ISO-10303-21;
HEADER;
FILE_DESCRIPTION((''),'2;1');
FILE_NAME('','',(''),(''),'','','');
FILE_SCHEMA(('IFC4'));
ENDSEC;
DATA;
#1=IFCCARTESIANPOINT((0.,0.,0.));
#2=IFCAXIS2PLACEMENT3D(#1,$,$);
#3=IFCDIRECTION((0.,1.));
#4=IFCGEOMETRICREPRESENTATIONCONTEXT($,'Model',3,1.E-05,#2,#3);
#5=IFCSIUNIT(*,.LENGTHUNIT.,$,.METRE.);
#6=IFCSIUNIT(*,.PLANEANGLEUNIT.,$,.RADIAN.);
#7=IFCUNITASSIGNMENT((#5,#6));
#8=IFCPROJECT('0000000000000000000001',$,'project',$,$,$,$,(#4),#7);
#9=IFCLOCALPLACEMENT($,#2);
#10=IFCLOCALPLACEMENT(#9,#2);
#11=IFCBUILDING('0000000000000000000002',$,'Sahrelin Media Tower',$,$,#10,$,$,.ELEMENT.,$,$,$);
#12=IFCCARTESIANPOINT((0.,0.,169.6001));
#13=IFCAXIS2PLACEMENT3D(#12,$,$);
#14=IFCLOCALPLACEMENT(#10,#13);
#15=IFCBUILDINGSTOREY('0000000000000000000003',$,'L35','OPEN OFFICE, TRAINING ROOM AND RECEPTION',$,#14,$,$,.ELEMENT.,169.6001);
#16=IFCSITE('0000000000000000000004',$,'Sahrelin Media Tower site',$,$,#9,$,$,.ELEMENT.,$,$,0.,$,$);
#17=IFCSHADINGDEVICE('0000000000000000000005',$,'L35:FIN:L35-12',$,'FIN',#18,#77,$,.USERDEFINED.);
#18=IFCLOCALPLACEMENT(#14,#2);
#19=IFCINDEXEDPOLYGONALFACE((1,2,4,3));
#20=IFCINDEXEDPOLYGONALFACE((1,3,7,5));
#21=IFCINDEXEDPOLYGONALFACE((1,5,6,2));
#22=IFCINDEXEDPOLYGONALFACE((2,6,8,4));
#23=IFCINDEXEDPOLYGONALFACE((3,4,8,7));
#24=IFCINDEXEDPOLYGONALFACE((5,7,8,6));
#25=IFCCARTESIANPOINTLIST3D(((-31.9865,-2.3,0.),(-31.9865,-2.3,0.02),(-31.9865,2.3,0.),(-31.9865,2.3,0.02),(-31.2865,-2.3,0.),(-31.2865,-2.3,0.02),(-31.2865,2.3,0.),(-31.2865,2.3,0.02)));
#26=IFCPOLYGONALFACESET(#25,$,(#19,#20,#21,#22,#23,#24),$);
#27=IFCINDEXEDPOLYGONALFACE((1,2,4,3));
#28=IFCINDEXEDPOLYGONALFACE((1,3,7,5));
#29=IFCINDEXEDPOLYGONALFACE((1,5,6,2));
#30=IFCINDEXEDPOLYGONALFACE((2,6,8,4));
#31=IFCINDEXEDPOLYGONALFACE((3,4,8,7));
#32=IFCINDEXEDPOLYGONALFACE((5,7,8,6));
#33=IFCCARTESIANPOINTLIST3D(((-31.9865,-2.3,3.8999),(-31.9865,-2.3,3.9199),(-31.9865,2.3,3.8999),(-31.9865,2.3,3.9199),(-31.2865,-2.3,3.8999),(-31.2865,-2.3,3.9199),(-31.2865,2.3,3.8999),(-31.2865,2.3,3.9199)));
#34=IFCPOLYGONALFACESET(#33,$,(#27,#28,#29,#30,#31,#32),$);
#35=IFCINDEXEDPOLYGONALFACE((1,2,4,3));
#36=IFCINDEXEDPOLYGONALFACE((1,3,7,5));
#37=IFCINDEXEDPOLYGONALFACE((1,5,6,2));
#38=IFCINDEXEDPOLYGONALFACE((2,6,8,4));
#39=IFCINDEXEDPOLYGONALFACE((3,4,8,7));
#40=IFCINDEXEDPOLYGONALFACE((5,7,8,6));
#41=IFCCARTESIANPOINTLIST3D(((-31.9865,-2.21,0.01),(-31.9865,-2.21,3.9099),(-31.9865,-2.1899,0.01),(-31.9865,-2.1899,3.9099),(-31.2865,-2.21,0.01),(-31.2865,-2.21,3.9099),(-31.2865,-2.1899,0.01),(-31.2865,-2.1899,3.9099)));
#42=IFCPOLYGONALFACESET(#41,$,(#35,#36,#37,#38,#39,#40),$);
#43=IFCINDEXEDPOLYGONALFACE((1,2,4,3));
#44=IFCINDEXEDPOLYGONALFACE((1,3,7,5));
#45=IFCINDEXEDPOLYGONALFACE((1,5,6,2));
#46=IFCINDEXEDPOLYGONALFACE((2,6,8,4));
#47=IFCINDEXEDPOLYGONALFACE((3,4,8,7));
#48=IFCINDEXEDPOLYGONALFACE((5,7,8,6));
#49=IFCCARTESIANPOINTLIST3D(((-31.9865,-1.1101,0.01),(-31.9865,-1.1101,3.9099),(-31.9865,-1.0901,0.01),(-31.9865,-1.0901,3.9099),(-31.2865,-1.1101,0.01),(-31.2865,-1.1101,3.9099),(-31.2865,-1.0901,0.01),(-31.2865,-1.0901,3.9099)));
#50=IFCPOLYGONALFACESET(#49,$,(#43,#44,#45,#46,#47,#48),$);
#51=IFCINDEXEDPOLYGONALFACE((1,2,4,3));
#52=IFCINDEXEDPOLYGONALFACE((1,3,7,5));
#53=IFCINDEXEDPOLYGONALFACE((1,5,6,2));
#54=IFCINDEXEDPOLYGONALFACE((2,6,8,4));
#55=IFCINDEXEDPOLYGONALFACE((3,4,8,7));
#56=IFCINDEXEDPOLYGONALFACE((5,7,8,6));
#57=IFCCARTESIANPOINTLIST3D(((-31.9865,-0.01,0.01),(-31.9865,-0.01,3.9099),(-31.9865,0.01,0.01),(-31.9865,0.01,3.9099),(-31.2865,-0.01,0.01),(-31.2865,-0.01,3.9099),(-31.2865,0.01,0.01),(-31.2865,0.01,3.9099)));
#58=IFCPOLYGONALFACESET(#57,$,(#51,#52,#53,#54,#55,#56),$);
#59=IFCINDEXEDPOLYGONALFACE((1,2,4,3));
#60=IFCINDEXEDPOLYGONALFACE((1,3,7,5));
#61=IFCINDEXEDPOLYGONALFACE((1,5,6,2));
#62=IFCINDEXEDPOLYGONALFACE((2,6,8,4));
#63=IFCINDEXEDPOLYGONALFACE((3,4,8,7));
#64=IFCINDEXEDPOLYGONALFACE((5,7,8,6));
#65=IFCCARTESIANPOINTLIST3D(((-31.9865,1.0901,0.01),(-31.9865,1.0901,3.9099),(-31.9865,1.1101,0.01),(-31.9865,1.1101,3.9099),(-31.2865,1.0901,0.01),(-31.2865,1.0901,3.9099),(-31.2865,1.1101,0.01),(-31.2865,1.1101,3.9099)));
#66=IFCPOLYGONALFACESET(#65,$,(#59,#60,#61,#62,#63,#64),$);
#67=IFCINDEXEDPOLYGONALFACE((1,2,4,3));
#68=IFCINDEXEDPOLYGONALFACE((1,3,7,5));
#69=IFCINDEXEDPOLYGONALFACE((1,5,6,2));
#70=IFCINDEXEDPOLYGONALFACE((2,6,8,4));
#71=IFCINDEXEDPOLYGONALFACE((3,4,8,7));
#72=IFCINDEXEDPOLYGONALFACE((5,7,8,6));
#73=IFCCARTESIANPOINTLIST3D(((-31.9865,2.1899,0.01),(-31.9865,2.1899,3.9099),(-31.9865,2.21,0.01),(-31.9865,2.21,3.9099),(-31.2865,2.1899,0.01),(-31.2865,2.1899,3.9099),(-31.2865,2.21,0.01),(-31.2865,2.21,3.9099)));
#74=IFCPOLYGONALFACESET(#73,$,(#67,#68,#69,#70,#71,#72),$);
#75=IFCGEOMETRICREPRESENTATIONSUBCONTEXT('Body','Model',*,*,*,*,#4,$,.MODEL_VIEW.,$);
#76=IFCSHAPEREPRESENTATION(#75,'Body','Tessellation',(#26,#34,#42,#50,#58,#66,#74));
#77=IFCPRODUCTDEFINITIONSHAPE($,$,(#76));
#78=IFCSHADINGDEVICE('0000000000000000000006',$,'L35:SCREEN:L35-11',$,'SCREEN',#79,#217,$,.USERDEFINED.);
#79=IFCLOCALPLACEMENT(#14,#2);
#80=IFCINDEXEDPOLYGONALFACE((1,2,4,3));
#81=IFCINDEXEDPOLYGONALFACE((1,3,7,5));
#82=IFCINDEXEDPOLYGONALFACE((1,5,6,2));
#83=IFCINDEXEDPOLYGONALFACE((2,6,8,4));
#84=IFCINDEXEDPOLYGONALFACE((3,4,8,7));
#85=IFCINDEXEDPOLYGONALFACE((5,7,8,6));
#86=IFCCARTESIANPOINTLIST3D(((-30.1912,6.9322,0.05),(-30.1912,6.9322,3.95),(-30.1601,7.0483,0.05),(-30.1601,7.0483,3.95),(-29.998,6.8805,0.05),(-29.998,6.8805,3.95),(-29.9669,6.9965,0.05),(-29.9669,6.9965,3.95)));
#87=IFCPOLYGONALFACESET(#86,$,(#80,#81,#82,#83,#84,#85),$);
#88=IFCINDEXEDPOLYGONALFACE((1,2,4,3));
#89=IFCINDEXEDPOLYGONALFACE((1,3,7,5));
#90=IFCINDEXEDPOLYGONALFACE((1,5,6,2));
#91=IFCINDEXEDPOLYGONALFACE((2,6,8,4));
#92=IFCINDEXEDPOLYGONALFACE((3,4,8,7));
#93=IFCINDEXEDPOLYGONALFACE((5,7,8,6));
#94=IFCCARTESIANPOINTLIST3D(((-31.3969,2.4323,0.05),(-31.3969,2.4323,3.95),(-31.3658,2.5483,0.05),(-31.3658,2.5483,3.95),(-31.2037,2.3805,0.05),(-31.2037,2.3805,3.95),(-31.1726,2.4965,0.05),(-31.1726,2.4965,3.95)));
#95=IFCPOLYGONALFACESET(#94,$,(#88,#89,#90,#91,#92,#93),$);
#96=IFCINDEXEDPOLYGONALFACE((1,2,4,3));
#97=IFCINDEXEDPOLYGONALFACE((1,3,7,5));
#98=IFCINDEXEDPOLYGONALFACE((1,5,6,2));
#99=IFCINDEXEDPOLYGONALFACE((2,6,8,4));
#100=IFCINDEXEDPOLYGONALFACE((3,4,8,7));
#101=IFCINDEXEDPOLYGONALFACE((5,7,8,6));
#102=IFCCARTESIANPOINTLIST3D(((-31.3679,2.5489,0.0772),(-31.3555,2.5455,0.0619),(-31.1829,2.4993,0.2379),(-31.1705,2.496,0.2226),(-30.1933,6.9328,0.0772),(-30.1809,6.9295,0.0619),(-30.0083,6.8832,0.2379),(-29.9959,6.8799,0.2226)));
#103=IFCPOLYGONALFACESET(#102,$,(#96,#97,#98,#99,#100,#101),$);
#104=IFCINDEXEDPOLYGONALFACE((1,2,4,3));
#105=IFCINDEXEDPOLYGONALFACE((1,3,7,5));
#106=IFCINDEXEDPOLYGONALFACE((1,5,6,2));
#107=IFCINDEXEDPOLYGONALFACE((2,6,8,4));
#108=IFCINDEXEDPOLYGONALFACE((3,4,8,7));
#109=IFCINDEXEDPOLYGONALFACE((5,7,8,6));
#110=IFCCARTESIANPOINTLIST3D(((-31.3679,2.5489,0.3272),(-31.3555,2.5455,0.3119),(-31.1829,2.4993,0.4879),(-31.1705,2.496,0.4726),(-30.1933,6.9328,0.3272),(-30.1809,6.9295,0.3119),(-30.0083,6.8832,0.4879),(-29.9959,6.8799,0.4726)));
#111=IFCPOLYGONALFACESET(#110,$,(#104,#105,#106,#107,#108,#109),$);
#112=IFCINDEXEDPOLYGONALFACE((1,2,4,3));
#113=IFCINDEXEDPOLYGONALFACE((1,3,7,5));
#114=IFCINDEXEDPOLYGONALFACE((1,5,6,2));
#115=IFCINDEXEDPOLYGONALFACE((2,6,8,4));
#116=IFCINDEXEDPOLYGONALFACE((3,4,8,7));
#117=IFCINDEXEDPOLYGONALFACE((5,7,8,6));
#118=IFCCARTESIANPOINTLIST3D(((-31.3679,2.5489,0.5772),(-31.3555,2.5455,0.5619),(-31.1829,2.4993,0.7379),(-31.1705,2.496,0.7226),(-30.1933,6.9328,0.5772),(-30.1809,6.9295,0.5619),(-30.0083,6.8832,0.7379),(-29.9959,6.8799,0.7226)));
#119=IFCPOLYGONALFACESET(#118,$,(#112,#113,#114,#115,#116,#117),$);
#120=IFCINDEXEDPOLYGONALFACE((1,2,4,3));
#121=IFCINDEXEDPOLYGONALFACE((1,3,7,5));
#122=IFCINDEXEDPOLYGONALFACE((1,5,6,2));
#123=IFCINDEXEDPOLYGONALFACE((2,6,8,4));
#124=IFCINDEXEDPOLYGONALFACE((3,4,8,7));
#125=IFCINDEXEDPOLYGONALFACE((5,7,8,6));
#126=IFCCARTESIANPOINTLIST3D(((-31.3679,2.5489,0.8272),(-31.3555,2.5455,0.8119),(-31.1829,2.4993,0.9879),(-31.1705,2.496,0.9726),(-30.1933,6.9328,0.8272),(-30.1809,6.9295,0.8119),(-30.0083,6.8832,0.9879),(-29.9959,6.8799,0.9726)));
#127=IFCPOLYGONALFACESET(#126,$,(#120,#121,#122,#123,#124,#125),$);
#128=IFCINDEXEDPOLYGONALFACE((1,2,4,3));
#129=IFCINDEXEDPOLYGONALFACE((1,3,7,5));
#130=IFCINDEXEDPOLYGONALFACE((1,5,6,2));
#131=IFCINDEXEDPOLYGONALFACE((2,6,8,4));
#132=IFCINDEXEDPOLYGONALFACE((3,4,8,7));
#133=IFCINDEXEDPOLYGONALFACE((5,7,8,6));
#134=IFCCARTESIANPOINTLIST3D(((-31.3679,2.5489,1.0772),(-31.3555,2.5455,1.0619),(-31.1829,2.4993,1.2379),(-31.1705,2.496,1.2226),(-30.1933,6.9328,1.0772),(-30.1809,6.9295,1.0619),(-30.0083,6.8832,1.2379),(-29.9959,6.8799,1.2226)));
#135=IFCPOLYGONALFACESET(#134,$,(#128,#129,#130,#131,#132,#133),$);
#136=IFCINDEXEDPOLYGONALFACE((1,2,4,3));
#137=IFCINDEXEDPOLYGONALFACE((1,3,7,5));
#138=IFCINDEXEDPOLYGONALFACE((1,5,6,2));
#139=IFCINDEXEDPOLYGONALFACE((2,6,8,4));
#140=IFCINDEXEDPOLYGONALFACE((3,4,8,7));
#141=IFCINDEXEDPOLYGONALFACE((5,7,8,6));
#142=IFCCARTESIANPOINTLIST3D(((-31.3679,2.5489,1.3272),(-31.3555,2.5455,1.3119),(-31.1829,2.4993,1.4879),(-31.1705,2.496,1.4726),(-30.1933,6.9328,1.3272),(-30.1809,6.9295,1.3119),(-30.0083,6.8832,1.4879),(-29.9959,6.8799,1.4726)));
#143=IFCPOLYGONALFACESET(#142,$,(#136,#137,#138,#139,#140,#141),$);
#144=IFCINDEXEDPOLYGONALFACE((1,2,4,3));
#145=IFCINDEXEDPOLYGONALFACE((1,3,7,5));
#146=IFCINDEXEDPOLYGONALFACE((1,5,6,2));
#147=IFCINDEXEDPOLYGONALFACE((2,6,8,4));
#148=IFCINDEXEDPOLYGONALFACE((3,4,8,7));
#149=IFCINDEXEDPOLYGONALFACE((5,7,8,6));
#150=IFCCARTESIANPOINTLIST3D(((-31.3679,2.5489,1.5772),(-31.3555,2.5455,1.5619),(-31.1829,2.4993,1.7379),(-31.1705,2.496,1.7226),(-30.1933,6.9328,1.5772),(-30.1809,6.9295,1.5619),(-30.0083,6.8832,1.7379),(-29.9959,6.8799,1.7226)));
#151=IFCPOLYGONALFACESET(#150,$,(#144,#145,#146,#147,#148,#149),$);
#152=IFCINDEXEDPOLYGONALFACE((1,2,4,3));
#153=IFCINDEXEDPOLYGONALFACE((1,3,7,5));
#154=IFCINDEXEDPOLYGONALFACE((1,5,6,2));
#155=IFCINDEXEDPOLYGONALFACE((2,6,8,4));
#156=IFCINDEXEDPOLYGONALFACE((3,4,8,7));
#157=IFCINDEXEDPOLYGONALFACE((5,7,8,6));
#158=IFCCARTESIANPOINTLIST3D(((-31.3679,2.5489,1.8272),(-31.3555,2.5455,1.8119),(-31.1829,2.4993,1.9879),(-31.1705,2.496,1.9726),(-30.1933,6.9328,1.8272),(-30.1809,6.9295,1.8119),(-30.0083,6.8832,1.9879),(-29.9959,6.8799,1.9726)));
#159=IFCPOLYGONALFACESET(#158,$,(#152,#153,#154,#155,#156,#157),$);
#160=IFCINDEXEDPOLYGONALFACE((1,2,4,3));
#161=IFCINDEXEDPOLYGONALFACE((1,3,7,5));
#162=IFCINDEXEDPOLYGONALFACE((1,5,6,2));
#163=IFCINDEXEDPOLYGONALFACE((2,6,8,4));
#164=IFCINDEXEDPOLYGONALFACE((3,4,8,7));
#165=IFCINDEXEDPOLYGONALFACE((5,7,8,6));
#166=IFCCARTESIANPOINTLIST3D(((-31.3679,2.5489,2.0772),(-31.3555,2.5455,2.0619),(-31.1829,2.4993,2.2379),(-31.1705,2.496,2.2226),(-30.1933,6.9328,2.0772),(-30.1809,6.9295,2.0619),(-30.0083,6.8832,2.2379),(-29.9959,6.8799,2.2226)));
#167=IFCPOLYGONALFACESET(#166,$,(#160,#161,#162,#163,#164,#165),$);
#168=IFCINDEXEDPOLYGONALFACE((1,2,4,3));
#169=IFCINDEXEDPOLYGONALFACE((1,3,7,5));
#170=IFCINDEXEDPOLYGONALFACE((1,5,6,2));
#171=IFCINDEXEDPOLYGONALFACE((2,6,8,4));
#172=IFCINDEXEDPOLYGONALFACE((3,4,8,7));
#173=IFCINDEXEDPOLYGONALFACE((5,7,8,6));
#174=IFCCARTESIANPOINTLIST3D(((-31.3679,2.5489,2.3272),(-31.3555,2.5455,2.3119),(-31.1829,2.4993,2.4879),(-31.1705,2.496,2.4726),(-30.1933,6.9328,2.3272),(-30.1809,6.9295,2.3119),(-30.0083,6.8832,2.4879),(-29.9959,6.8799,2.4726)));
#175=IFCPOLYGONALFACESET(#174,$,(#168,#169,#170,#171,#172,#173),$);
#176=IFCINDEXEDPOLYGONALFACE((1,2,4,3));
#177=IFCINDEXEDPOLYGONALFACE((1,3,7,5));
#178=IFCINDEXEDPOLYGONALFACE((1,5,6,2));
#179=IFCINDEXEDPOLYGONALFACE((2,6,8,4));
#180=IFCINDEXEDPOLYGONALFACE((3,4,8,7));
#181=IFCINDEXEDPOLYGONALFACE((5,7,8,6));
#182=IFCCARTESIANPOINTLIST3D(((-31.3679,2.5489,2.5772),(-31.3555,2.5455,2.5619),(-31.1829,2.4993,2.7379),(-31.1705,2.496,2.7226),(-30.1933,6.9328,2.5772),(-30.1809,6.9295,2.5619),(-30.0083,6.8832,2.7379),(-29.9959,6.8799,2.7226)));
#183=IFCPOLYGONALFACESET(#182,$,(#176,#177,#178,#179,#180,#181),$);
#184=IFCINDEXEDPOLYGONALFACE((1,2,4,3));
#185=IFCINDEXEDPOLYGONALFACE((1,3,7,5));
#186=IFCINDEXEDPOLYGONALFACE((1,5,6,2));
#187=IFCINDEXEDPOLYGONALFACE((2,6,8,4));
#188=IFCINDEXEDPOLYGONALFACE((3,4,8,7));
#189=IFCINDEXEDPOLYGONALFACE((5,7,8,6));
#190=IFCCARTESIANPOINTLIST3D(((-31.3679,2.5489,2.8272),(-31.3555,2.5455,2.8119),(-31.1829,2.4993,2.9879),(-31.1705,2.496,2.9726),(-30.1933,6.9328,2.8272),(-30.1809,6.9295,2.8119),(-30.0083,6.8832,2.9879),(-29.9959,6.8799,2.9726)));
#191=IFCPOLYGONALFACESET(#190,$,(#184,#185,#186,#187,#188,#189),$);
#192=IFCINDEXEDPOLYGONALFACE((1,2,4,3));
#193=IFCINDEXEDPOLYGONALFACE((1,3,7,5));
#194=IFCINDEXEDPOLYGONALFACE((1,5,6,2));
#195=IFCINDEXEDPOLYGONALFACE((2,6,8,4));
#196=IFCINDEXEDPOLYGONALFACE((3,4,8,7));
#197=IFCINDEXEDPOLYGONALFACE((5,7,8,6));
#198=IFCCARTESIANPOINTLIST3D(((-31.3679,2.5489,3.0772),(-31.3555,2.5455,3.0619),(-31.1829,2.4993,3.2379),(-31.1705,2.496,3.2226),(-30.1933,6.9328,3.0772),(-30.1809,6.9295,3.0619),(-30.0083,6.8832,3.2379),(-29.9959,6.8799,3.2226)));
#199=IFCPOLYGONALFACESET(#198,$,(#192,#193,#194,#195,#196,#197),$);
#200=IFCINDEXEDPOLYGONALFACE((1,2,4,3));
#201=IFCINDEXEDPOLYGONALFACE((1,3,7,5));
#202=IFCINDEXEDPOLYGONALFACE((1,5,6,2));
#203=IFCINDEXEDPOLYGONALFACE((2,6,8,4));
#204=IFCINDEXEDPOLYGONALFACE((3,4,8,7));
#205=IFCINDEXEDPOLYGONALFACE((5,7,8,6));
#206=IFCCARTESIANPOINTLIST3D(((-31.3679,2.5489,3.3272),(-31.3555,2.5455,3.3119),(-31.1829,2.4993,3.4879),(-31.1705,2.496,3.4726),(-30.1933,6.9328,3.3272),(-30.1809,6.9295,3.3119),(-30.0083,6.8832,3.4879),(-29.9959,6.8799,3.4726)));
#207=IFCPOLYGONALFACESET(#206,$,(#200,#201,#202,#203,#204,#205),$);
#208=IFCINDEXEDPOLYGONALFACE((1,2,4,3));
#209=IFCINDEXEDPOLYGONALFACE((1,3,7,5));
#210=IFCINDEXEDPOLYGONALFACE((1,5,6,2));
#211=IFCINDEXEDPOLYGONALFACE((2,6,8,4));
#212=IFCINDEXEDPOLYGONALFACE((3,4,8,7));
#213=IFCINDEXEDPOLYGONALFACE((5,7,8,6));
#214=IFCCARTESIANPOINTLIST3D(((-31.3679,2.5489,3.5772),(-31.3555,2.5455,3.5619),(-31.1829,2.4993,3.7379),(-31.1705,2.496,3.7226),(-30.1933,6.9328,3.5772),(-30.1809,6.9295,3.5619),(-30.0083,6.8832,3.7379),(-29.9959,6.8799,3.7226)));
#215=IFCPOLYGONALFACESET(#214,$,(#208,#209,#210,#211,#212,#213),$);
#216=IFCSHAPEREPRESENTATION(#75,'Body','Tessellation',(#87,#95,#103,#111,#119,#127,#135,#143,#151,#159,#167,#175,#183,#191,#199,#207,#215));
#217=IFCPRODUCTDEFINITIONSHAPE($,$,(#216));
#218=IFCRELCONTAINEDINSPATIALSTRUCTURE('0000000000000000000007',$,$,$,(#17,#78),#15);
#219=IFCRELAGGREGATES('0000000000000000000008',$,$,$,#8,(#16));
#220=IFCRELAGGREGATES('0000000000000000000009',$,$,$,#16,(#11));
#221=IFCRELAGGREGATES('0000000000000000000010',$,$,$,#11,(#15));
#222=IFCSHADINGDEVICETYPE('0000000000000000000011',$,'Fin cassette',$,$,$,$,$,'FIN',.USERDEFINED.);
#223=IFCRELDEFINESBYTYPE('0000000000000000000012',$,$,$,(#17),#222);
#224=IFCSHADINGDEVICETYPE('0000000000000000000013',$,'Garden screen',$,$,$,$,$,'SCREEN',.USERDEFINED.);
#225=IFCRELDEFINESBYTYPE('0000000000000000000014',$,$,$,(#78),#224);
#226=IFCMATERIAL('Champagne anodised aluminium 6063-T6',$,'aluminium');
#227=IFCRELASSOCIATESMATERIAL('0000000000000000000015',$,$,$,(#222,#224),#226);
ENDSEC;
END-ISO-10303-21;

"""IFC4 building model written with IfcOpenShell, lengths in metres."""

from ifc_helpers import new_model, si_unit, direction, frame, origin, origin_2d, place, context, subcontext, project, spatial, rectangle, extrude, material, type_object, element, save


model = new_model("IFC4")

# Units and contexts
model_context = context("Model", 3, precision=1e-05, world=origin(), true_north=direction((0.0, 1.0)))
body_context = subcontext(model_context, "Body", "Model", "MODEL_VIEW")
ifc_project = project(units=[si_unit("LENGTHUNIT", "METRE"), si_unit("PLANEANGLEUNIT", "RADIAN")], contexts=[model_context])

# Site, building, storey
site_placement = place(None, origin())
site = spatial("IfcSite", under=ifc_project, at=site_placement, Name="Sahrelin Media Tower site", CompositionType="ELEMENT", RefElevation=0.0)
building_placement = place(site_placement, origin())
building = spatial("IfcBuilding", under=site, at=building_placement, Name="Sahrelin Media Tower", CompositionType="ELEMENT")
storey_placement = place(building_placement, frame((0.0, 0.0, 169.6001)))
storey = spatial("IfcBuildingStorey", under=building, at=storey_placement, Name="L35", Description="OPEN OFFICE, TRAINING ROOM AND RECEPTION", CompositionType="ELEMENT", Elevation=169.6001)

# Shared definitions
ifc_material_1 = material(Name="Champagne anodised aluminium 6063-T6", Category="aluminium")

# Shading devices
shading_device_type_1 = type_object("IfcShadingDeviceType", Name="Fin cassette", ElementType="FIN", PredefinedType="USERDEFINED", material=ifc_material_1)
shading_device_1_placement = place(storey_placement, frame((-31.2166, 0.0, 0.0), z_axis=(0.0, 0.0, 1.0), x_axis=(0.0, 1.0, 0.0)))
element("IfcShadingDevice", 1, at=shading_device_1_placement, inside=storey, type_object=shading_device_type_1, Name="L35:FIN:L35-12", ObjectType="FIN", PredefinedType="USERDEFINED", context=body_context, shape_type="SweptSolid", body=[
    extrude(rectangle(XDim=4.6001, YDim=0.7, at=origin_2d()), frame((0.0, 0.4199, 0.0)), (0.0, 0.0, 1.0), 0.02),
    extrude(rectangle(XDim=4.6001, YDim=0.7, at=origin_2d()), frame((0.0, 0.4199, 3.8999)), (0.0, 0.0, 1.0), 0.02),
    extrude(rectangle(XDim=0.02, YDim=0.7, at=origin_2d()), frame((-2.2, 0.4199, 0.01), z_axis=(0.0, 0.0, 1.0), x_axis=(1.0, 0.0, 0.0)), (0.0, 0.0, 1.0), 3.8999),
    extrude(rectangle(XDim=0.02, YDim=0.7, at=origin_2d()), frame((-1.1001, 0.4199, 0.01), z_axis=(0.0, 0.0, 1.0), x_axis=(1.0, 0.0, 0.0)), (0.0, 0.0, 1.0), 3.8999),
    extrude(rectangle(XDim=0.02, YDim=0.7, at=origin_2d()), frame((0.0, 0.4199, 0.01), z_axis=(0.0, 0.0, 1.0), x_axis=(1.0, 0.0, 0.0)), (0.0, 0.0, 1.0), 3.8999),
    extrude(rectangle(XDim=0.02, YDim=0.7, at=origin_2d()), frame((1.1001, 0.4199, 0.01), z_axis=(0.0, 0.0, 1.0), x_axis=(1.0, 0.0, 0.0)), (0.0, 0.0, 1.0), 3.8999),
    extrude(rectangle(XDim=0.02, YDim=0.7, at=origin_2d()), frame((2.2, 0.4199, 0.01), z_axis=(0.0, 0.0, 1.0), x_axis=(1.0, 0.0, 0.0)), (0.0, 0.0, 1.0), 3.8999),
])
shading_device_type_2 = type_object("IfcShadingDeviceType", Name="Garden screen", ElementType="SCREEN", PredefinedType="USERDEFINED", material=ifc_material_1)
shading_device_2_placement = place(storey_placement, frame((-30.5852, 4.6885, 0.0), z_axis=(0.0, 0.0, 1.0), x_axis=(0.258808, 0.965929, 0.0)))
element("IfcShadingDevice", 2, at=shading_device_2_placement, inside=storey, type_object=shading_device_type_2, Name="L35:SCREEN:L35-11", ObjectType="SCREEN", PredefinedType="USERDEFINED", context=body_context, shape_type="SweptSolid", body=[
    extrude(rectangle(XDim=0.1201, YDim=0.2, at=origin_2d()), frame((2.3293, 0.1001, 0.05), z_axis=(0.0, 0.0, 1.0), x_axis=(1.0, 0.0, 0.0)), (0.0, 0.0, 1.0), 3.8999),
    extrude(rectangle(XDim=0.1201, YDim=0.2, at=origin_2d()), frame((-2.3293, 0.1001, 0.05), z_axis=(0.0, 0.0, 1.0), x_axis=(1.0, 0.0, 0.0)), (0.0, 0.0, 1.0), 3.8999),
    extrude(rectangle(XDim=0.25, YDim=0.02, at=origin_2d()), frame((2.2693, 0.1001, 0.1499), z_axis=(-1.0, 0.0, 0.0), x_axis=(0.0, -0.766044, 0.642788)), (0.0, 0.0, 1.0), 4.5386),
    extrude(rectangle(XDim=0.25, YDim=0.02, at=origin_2d()), frame((2.2693, 0.1001, 0.3999), z_axis=(-1.0, 0.0, 0.0), x_axis=(0.0, -0.766044, 0.642788)), (0.0, 0.0, 1.0), 4.5386),
    extrude(rectangle(XDim=0.25, YDim=0.02, at=origin_2d()), frame((2.2693, 0.1001, 0.6499), z_axis=(-1.0, 0.0, 0.0), x_axis=(0.0, -0.766044, 0.642788)), (0.0, 0.0, 1.0), 4.5386),
    extrude(rectangle(XDim=0.25, YDim=0.02, at=origin_2d()), frame((2.2693, 0.1001, 0.8999), z_axis=(-1.0, 0.0, 0.0), x_axis=(0.0, -0.766044, 0.642788)), (0.0, 0.0, 1.0), 4.5386),
    extrude(rectangle(XDim=0.25, YDim=0.02, at=origin_2d()), frame((2.2693, 0.1001, 1.1499), z_axis=(-1.0, 0.0, 0.0), x_axis=(0.0, -0.766044, 0.642788)), (0.0, 0.0, 1.0), 4.5386),
    extrude(rectangle(XDim=0.25, YDim=0.02, at=origin_2d()), frame((2.2693, 0.1001, 1.3999), z_axis=(-1.0, 0.0, 0.0), x_axis=(0.0, -0.766044, 0.642788)), (0.0, 0.0, 1.0), 4.5386),
    extrude(rectangle(XDim=0.25, YDim=0.02, at=origin_2d()), frame((2.2693, 0.1001, 1.6499), z_axis=(-1.0, 0.0, 0.0), x_axis=(0.0, -0.766044, 0.642788)), (0.0, 0.0, 1.0), 4.5386),
    extrude(rectangle(XDim=0.25, YDim=0.02, at=origin_2d()), frame((2.2693, 0.1001, 1.8999), z_axis=(-1.0, 0.0, 0.0), x_axis=(0.0, -0.766044, 0.642788)), (0.0, 0.0, 1.0), 4.5386),
    extrude(rectangle(XDim=0.25, YDim=0.02, at=origin_2d()), frame((2.2693, 0.1001, 2.1499), z_axis=(-1.0, 0.0, 0.0), x_axis=(0.0, -0.766044, 0.642788)), (0.0, 0.0, 1.0), 4.5386),
    extrude(rectangle(XDim=0.25, YDim=0.02, at=origin_2d()), frame((2.2693, 0.1001, 2.3999), z_axis=(-1.0, 0.0, 0.0), x_axis=(0.0, -0.766044, 0.642788)), (0.0, 0.0, 1.0), 4.5386),
    extrude(rectangle(XDim=0.25, YDim=0.02, at=origin_2d()), frame((2.2693, 0.1001, 2.6499), z_axis=(-1.0, 0.0, 0.0), x_axis=(0.0, -0.766044, 0.642788)), (0.0, 0.0, 1.0), 4.5386),
    extrude(rectangle(XDim=0.25, YDim=0.02, at=origin_2d()), frame((2.2693, 0.1001, 2.8999), z_axis=(-1.0, 0.0, 0.0), x_axis=(0.0, -0.766044, 0.642788)), (0.0, 0.0, 1.0), 4.5386),
    extrude(rectangle(XDim=0.25, YDim=0.02, at=origin_2d()), frame((2.2693, 0.1001, 3.1499), z_axis=(-1.0, 0.0, 0.0), x_axis=(0.0, -0.766044, 0.642788)), (0.0, 0.0, 1.0), 4.5386),
    extrude(rectangle(XDim=0.25, YDim=0.02, at=origin_2d()), frame((2.2693, 0.1001, 3.3999), z_axis=(-1.0, 0.0, 0.0), x_axis=(0.0, -0.766044, 0.642788)), (0.0, 0.0, 1.0), 4.5386),
    extrude(rectangle(XDim=0.25, YDim=0.02, at=origin_2d()), frame((2.2693, 0.1001, 3.6499), z_axis=(-1.0, 0.0, 0.0), x_axis=(0.0, -0.766044, 0.642788)), (0.0, 0.0, 1.0), 4.5386),
])

save(model, "model.ifc")
